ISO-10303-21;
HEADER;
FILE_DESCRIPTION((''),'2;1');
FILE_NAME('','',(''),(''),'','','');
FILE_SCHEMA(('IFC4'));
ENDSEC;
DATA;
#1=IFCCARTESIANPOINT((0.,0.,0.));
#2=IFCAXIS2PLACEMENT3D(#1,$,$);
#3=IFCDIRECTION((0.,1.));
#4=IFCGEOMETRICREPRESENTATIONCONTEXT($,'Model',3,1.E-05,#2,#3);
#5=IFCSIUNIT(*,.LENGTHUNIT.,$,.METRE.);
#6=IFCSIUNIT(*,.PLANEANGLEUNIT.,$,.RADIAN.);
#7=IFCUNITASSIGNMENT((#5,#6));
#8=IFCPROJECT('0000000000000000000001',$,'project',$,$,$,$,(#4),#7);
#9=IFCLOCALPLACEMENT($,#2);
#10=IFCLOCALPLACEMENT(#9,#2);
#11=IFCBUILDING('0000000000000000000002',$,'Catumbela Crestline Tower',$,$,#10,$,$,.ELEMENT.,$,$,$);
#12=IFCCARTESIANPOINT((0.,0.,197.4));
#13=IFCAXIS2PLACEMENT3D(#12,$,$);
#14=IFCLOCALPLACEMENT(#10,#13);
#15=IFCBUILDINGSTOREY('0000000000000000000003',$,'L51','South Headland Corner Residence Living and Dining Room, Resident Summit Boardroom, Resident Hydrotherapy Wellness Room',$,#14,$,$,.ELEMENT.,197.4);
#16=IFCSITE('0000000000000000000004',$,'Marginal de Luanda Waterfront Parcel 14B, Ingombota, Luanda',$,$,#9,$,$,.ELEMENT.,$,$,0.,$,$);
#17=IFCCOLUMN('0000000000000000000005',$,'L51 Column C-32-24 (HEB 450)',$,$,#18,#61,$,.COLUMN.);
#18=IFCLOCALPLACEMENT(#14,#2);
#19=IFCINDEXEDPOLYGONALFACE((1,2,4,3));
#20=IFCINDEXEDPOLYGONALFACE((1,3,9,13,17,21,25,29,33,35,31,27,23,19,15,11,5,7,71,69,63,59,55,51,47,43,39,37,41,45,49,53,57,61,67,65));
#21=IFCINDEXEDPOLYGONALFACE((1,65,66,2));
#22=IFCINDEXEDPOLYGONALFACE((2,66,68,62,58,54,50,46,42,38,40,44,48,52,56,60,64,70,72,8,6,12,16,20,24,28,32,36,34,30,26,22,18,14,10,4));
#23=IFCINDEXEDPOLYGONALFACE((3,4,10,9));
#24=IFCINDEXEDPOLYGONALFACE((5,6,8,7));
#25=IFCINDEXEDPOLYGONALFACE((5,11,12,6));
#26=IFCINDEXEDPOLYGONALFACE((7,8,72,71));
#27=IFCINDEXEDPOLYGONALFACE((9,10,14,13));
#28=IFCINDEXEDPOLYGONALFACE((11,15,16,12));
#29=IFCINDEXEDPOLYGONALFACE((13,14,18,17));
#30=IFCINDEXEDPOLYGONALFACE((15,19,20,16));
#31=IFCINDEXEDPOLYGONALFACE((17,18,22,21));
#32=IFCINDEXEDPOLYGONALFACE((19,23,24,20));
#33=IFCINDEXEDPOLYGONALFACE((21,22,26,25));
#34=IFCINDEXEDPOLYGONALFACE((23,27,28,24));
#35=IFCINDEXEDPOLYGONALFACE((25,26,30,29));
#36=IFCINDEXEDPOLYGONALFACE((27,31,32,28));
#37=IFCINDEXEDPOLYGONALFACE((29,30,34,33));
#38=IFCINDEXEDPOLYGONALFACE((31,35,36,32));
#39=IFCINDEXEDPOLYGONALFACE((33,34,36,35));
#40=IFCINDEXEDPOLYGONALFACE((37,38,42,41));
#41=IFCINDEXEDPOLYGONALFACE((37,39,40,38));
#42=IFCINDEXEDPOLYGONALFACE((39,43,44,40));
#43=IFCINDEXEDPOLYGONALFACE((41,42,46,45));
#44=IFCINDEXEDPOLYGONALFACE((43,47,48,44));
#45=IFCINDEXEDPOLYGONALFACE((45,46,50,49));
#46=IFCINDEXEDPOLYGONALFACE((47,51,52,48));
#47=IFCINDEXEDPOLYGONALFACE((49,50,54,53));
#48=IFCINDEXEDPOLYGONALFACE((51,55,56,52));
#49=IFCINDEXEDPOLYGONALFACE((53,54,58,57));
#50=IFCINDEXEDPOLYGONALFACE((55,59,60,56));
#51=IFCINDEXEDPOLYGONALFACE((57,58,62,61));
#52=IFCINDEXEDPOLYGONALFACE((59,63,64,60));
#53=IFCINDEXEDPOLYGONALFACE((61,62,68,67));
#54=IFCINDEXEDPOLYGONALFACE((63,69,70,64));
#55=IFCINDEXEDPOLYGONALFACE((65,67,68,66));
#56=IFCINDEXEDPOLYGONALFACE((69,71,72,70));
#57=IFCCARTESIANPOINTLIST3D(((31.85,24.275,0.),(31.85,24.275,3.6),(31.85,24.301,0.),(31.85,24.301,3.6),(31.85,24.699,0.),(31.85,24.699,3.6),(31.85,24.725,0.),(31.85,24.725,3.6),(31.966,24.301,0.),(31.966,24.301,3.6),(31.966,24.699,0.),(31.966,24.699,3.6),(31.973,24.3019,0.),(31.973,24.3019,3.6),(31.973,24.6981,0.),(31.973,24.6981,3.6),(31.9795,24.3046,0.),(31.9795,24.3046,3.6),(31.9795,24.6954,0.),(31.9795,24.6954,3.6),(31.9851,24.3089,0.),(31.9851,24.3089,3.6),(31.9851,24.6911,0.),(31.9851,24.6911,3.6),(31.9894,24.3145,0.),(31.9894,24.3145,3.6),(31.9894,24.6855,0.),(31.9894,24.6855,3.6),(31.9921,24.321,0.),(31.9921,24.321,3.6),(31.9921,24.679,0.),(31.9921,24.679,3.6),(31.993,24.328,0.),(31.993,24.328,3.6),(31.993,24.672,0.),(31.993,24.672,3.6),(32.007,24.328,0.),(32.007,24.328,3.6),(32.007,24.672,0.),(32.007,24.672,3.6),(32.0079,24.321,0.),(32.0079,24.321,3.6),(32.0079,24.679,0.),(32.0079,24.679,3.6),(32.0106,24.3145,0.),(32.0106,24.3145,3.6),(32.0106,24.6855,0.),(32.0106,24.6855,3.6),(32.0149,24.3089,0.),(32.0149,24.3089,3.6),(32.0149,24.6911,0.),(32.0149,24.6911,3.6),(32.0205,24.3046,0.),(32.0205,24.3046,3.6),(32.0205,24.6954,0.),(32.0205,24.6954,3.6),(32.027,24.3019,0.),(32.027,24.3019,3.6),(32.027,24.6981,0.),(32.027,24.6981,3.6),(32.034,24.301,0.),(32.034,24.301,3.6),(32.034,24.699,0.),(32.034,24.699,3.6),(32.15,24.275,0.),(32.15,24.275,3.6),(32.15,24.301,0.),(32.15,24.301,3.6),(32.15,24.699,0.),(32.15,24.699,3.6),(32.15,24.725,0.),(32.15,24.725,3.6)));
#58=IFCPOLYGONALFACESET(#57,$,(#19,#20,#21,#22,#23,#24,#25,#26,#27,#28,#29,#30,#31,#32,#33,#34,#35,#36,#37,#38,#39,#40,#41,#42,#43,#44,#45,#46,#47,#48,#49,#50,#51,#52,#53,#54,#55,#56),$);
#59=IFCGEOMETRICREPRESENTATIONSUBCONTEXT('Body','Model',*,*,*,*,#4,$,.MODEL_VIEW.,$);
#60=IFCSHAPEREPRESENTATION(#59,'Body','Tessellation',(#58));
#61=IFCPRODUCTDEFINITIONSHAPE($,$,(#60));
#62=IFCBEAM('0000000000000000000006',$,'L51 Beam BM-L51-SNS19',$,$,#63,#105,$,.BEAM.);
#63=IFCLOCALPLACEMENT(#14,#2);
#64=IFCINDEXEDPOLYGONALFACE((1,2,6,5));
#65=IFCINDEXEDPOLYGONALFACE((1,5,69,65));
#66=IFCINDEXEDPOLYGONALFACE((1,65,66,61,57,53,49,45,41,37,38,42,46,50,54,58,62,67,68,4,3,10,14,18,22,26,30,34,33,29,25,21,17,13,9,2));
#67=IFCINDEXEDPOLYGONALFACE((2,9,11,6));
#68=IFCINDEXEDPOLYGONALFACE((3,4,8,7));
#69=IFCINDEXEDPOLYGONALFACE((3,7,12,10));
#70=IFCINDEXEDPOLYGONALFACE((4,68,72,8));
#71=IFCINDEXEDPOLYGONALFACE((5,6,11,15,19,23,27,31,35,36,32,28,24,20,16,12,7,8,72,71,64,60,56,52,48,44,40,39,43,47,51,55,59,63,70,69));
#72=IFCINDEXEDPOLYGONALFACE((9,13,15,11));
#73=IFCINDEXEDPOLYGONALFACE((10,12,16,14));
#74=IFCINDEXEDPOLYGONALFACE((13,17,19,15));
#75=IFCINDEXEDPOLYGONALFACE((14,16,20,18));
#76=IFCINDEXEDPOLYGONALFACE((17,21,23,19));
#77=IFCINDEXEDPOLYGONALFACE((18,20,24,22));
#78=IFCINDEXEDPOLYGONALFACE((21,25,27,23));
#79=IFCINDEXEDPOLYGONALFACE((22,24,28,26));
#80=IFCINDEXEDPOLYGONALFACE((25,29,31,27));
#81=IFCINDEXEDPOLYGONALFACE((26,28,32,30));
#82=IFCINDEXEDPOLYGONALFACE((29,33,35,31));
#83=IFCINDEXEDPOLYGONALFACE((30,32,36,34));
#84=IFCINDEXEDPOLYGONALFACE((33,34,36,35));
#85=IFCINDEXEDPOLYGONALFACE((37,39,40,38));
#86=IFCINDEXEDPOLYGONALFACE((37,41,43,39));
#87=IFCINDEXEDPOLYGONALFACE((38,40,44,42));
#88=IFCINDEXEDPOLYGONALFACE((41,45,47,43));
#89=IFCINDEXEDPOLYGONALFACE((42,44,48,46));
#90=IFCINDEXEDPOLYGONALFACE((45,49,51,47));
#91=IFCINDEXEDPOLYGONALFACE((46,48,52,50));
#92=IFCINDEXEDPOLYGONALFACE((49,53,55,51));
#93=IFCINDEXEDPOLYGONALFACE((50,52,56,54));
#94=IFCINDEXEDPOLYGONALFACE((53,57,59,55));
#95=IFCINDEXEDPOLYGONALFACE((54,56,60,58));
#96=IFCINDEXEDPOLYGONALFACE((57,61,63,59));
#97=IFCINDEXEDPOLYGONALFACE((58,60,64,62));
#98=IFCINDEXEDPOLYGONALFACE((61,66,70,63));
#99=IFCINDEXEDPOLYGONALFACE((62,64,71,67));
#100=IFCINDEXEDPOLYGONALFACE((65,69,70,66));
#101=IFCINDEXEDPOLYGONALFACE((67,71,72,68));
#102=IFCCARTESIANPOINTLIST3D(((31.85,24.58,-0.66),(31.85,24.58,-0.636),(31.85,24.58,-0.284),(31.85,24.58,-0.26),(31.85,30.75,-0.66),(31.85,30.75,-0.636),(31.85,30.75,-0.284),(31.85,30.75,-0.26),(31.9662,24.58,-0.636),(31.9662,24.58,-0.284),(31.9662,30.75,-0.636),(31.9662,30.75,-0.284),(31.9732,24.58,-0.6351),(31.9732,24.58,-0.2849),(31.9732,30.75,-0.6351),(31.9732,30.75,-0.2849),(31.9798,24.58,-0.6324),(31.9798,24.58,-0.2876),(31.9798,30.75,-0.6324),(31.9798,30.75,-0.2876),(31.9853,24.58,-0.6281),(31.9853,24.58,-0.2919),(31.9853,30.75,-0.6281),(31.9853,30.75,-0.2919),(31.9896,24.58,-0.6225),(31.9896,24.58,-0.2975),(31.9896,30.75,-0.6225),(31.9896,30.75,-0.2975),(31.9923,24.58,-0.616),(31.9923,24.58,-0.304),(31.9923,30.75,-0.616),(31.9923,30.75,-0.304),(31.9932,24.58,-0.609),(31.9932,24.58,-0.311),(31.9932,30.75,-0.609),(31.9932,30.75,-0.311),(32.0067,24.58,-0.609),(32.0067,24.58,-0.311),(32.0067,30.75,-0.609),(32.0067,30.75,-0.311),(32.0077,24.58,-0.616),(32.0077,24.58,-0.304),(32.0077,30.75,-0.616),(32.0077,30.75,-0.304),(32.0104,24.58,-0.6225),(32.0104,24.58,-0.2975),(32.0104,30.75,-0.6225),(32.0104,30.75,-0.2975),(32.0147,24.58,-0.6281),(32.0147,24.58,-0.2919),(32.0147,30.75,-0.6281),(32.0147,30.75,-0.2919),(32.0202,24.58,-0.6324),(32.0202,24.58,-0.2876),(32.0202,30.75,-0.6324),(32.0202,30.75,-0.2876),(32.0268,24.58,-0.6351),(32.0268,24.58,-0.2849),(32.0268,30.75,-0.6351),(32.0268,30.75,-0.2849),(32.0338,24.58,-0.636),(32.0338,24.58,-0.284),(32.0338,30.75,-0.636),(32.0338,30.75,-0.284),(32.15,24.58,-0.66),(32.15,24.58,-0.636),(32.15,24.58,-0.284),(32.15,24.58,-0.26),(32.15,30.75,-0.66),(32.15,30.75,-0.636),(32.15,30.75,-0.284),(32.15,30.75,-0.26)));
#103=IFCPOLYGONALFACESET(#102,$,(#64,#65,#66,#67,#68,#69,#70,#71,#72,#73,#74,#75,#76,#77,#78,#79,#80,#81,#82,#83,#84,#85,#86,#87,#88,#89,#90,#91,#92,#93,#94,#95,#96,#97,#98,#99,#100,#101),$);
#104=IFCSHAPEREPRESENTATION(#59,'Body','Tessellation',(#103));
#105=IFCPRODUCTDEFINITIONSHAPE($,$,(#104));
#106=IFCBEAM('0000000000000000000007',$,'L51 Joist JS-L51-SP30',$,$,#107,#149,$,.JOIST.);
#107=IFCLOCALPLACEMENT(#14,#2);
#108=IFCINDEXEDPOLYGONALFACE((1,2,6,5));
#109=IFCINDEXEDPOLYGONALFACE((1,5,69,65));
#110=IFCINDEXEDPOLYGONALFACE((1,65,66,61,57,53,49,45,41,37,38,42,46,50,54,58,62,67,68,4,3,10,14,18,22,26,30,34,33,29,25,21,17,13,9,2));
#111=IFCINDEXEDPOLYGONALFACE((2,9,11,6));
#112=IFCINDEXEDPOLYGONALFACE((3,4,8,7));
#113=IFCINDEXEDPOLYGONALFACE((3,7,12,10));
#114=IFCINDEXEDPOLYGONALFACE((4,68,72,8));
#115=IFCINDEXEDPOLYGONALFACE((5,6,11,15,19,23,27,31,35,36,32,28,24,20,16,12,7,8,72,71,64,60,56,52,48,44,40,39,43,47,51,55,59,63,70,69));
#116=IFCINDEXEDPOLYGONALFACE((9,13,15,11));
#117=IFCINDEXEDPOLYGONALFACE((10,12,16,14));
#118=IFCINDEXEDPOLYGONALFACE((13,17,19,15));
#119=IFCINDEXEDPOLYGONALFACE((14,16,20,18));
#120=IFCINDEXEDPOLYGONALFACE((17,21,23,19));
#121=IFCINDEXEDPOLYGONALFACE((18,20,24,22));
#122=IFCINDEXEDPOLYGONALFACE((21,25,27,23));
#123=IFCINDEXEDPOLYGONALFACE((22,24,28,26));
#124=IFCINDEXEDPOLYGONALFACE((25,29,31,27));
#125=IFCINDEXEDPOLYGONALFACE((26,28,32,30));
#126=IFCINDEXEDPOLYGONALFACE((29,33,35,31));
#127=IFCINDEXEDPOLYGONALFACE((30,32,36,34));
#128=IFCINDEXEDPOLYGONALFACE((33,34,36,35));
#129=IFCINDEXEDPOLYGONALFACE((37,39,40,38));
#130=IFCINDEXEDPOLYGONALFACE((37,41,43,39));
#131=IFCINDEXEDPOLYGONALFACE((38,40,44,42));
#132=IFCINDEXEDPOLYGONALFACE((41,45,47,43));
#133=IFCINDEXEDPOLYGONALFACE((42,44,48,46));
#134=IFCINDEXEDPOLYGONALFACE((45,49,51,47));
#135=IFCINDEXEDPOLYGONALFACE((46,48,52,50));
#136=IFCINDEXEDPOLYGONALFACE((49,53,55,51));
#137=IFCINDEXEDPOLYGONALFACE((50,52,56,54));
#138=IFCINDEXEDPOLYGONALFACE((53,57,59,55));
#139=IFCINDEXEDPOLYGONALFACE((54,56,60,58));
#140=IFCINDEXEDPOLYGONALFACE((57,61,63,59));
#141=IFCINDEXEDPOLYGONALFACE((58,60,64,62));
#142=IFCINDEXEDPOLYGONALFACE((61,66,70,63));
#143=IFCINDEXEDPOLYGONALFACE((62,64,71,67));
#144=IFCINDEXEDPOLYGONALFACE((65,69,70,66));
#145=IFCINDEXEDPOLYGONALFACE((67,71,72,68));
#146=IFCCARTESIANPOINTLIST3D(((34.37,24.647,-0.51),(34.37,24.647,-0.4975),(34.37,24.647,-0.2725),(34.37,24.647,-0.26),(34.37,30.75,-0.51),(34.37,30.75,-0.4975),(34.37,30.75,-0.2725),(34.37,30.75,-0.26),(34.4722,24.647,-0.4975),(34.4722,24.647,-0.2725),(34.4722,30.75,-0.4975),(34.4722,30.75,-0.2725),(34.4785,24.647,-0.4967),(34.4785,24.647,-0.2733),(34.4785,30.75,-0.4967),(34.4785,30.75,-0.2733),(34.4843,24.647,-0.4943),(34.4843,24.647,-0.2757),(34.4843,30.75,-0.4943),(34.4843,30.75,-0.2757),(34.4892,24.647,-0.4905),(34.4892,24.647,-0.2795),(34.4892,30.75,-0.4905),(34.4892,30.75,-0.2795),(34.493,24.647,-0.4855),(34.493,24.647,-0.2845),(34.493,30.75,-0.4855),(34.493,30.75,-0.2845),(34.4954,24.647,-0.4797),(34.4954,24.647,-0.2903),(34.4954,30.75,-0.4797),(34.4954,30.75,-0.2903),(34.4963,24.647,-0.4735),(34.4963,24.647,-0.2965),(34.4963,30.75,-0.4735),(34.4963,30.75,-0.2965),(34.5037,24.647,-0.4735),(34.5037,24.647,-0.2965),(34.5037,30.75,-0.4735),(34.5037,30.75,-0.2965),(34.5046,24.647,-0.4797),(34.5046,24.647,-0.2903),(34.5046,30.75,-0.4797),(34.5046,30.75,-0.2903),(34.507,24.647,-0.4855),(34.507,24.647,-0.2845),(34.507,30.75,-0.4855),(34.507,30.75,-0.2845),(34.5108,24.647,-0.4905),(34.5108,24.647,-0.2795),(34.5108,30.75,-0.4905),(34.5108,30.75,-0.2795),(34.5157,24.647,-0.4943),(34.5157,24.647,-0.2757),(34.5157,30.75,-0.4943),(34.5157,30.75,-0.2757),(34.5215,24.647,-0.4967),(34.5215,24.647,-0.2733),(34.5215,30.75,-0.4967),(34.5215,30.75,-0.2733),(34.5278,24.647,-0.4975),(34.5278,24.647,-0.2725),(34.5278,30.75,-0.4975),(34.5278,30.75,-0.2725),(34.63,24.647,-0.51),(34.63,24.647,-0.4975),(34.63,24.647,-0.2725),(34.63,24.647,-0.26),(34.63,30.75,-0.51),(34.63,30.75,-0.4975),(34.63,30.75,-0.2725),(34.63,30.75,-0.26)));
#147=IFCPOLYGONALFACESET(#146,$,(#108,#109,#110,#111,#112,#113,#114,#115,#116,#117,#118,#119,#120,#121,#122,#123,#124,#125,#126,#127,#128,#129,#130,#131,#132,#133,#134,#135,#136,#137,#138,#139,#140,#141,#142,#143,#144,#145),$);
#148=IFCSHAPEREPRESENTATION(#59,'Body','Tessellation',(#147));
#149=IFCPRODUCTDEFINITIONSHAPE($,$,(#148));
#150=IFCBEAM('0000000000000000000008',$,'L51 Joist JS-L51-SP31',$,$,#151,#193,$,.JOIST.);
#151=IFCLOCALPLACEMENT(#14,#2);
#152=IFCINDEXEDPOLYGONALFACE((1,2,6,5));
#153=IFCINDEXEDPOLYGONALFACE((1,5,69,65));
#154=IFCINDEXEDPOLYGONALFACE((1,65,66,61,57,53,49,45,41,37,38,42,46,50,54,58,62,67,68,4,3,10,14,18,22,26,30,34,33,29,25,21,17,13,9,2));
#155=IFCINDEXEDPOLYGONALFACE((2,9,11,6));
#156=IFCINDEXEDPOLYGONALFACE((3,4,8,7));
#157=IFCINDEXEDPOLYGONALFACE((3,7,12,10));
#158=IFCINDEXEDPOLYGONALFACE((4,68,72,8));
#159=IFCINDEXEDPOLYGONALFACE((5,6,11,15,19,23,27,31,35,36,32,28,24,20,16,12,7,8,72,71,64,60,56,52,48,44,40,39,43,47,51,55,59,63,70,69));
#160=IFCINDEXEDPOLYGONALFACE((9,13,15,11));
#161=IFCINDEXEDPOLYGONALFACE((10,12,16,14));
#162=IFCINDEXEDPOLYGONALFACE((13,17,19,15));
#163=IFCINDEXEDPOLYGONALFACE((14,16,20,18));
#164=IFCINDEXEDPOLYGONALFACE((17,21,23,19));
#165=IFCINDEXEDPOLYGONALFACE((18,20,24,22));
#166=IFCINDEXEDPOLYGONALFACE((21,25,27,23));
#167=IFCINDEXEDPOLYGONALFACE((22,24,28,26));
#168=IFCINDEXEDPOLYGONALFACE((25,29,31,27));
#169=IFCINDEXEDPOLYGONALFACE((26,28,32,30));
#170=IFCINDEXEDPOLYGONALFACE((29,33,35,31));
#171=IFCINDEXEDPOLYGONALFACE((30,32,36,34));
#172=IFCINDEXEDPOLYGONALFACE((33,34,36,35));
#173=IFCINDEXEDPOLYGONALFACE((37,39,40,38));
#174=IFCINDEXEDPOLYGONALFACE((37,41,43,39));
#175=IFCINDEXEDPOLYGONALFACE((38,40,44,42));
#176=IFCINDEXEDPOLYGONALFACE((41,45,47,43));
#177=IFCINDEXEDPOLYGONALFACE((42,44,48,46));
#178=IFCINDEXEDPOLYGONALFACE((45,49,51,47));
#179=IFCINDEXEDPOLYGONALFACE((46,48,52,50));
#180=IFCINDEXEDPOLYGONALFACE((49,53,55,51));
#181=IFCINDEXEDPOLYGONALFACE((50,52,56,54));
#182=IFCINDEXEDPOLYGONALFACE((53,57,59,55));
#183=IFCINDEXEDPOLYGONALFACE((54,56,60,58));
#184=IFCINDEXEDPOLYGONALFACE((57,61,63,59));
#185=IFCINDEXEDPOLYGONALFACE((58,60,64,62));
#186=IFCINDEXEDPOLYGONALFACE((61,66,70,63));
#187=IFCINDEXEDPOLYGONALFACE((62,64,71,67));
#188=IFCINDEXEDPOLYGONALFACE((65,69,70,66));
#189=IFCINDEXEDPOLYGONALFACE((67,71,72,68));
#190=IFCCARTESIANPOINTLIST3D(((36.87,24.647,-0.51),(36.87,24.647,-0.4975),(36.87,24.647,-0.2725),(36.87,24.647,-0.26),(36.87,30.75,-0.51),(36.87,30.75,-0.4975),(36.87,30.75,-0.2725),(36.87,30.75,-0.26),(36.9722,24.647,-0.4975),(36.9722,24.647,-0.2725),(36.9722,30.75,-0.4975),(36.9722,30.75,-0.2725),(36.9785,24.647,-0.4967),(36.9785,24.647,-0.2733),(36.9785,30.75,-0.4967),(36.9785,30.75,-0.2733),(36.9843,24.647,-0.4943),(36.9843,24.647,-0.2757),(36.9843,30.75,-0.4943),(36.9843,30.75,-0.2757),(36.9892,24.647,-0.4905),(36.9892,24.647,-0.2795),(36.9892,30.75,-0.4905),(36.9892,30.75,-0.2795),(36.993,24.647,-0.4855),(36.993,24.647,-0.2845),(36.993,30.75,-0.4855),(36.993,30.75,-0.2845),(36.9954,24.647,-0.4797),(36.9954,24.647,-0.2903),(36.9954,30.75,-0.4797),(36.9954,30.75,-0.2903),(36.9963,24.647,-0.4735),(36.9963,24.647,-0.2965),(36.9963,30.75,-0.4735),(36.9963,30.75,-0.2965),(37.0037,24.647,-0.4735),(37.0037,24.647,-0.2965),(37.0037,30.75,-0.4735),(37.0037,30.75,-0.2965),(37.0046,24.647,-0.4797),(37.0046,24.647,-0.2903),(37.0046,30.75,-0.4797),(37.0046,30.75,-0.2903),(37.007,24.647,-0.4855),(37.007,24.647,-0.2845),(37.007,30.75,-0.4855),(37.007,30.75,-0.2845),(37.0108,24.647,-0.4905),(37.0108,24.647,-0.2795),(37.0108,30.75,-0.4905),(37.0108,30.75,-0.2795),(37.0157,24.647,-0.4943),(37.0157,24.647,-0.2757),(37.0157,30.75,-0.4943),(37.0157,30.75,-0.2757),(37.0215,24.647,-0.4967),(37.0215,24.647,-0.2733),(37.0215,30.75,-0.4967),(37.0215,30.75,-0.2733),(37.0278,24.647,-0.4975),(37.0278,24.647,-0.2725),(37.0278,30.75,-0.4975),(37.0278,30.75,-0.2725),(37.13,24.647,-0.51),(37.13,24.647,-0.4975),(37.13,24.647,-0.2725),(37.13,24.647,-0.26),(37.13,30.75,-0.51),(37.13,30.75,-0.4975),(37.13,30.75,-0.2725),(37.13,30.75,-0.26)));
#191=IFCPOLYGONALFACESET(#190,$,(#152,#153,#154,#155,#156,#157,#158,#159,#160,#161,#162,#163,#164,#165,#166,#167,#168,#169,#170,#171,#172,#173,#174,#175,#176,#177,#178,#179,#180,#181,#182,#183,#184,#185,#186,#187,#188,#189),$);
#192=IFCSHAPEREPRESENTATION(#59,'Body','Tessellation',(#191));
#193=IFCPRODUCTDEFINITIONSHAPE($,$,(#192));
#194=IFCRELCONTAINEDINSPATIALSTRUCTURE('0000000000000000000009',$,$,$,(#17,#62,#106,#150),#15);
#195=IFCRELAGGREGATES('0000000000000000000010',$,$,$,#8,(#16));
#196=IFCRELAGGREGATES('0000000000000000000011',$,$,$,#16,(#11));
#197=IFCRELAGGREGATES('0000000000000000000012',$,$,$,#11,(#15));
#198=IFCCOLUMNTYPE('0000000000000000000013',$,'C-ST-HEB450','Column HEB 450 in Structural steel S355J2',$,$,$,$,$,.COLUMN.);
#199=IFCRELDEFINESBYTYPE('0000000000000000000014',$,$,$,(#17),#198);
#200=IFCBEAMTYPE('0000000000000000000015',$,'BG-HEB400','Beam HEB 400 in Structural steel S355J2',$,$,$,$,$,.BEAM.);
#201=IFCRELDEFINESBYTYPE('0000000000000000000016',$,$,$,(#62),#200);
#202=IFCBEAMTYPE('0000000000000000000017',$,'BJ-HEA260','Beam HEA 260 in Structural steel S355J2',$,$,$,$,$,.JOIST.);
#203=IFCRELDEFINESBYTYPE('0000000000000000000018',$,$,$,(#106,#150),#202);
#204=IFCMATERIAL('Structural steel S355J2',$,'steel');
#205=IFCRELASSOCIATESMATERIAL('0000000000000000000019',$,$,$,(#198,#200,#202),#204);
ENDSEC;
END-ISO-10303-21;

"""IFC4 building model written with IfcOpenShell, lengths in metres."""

from ifc_helpers import new_model, si_unit, direction, frame, origin, origin_2d, place, context, subcontext, project, spatial, i_section, extrude, material, material_profile, profile_set, type_object, element, save


model = new_model("IFC4")

# Units and contexts
model_context = context("Model", 3, precision=1e-05, world=origin(), true_north=direction((0.0, 1.0)))
body_context = subcontext(model_context, "Body", "Model", "MODEL_VIEW")
ifc_project = project(units=[si_unit("LENGTHUNIT", "METRE"), si_unit("PLANEANGLEUNIT", "RADIAN")], contexts=[model_context])

# Site, building, storey
site_placement = place(None, origin())
site = spatial("IfcSite", under=ifc_project, at=site_placement, Name="Marginal de Luanda Waterfront Parcel 14B, Ingombota, Luanda", CompositionType="ELEMENT", RefElevation=0.0)
building_placement = place(site_placement, origin())
building = spatial("IfcBuilding", under=site, at=building_placement, Name="Catumbela Crestline Tower", CompositionType="ELEMENT")
storey_placement = place(building_placement, frame((0.0, 0.0, 197.4)))
storey = spatial("IfcBuildingStorey", under=building, at=storey_placement, Name="L51", Description="South Headland Corner Residence Living and Dining Room, Resident Summit Boardroom, Resident Hydrotherapy Wellness Room", CompositionType="ELEMENT", Elevation=197.4)

# Column
ifc_material_1 = material(Name="Structural steel S355J2", Category="steel")
ifc_material_profile_1 = material_profile(ifc_material_1, i_section(OverallWidth=0.3, OverallDepth=0.45, WebThickness=0.014, FlangeThickness=0.026, FilletRadius=0.027, at=origin_2d()), Name="HEB 450")
ifc_profile_set_1 = profile_set([ifc_material_profile_1], Name="Structural steel S355J2")
column_type = type_object("IfcColumnType", Name="C-ST-HEB450", Description="Column HEB 450 in Structural steel S355J2", PredefinedType="COLUMN", material=ifc_profile_set_1)
column_placement = place(storey_placement, frame((32.0, 24.5, 0.0), z_axis=(0.0, 0.0, 1.0), x_axis=(1.0, 0.0, 0.0)))
element("IfcColumn", 1, at=column_placement, inside=storey, type_object=column_type, Name="L51 Column C-32-24 (HEB 450)", PredefinedType="COLUMN", context=body_context, shape_type="SweptSolid", body=[
    extrude(i_section(OverallWidth=0.3, OverallDepth=0.45, WebThickness=0.014, FlangeThickness=0.026, FilletRadius=0.027, at=origin_2d()), origin(), (0.0, 0.0, 1.0), 3.6),
])

# Beams
ifc_material_profile_2 = material_profile(ifc_material_1, i_section(OverallWidth=0.3, OverallDepth=0.4, WebThickness=0.0135, FlangeThickness=0.024, FilletRadius=0.027, at=origin_2d()), Name="HEB 400")
ifc_profile_set_2 = profile_set([ifc_material_profile_2], Name="Structural steel S355J2")
beam_type_1 = type_object("IfcBeamType", Name="BG-HEB400", Description="Beam HEB 400 in Structural steel S355J2", PredefinedType="BEAM", material=ifc_profile_set_2)
beam_1_placement = place(storey_placement, frame((32.0, 24.58, -0.46), z_axis=(0.0, 1.0, 0.0), x_axis=(-1.0, 0.0, 0.0)))
element("IfcBeam", 2, at=beam_1_placement, inside=storey, type_object=beam_type_1, Name="L51 Beam BM-L51-SNS19", PredefinedType="BEAM", context=body_context, shape_type="SweptSolid", body=[
    extrude(i_section(OverallWidth=0.3, OverallDepth=0.4, WebThickness=0.0135, FlangeThickness=0.024, FilletRadius=0.027, at=origin_2d()), origin(), (0.0, 0.0, 1.0), 6.17),
])
ifc_material_profile_3 = material_profile(ifc_material_1, i_section(OverallWidth=0.26, OverallDepth=0.25, WebThickness=0.0075, FlangeThickness=0.0125, FilletRadius=0.024, at=origin_2d()), Name="HEA 260")
ifc_profile_set_3 = profile_set([ifc_material_profile_3], Name="Structural steel S355J2")
beam_type_2 = type_object("IfcBeamType", Name="BJ-HEA260", Description="Beam HEA 260 in Structural steel S355J2", PredefinedType="JOIST", material=ifc_profile_set_3)
for number, where, z_axis, x_axis, name in (
    (3, (34.5, 24.647, -0.385), (0.0, 1.0, 0.0), (-1.0, 0.0, 0.0), "L51 Joist JS-L51-SP30"),
    (4, (37.0, 24.647, -0.385), (0.0, 1.0, 0.0), (-1.0, 0.0, 0.0), "L51 Joist JS-L51-SP31"),
):
    element("IfcBeam", number, at=place(storey_placement, frame(where, z_axis=z_axis, x_axis=x_axis)), inside=storey, type_object=beam_type_2, Name=name, PredefinedType="JOIST", context=body_context, shape_type="SweptSolid", body=[
        extrude(i_section(OverallWidth=0.26, OverallDepth=0.25, WebThickness=0.0075, FlangeThickness=0.0125, FilletRadius=0.024, at=origin_2d()), origin(), (0.0, 0.0, 1.0), 6.103),
    ])

save(model, "model.ifc")
